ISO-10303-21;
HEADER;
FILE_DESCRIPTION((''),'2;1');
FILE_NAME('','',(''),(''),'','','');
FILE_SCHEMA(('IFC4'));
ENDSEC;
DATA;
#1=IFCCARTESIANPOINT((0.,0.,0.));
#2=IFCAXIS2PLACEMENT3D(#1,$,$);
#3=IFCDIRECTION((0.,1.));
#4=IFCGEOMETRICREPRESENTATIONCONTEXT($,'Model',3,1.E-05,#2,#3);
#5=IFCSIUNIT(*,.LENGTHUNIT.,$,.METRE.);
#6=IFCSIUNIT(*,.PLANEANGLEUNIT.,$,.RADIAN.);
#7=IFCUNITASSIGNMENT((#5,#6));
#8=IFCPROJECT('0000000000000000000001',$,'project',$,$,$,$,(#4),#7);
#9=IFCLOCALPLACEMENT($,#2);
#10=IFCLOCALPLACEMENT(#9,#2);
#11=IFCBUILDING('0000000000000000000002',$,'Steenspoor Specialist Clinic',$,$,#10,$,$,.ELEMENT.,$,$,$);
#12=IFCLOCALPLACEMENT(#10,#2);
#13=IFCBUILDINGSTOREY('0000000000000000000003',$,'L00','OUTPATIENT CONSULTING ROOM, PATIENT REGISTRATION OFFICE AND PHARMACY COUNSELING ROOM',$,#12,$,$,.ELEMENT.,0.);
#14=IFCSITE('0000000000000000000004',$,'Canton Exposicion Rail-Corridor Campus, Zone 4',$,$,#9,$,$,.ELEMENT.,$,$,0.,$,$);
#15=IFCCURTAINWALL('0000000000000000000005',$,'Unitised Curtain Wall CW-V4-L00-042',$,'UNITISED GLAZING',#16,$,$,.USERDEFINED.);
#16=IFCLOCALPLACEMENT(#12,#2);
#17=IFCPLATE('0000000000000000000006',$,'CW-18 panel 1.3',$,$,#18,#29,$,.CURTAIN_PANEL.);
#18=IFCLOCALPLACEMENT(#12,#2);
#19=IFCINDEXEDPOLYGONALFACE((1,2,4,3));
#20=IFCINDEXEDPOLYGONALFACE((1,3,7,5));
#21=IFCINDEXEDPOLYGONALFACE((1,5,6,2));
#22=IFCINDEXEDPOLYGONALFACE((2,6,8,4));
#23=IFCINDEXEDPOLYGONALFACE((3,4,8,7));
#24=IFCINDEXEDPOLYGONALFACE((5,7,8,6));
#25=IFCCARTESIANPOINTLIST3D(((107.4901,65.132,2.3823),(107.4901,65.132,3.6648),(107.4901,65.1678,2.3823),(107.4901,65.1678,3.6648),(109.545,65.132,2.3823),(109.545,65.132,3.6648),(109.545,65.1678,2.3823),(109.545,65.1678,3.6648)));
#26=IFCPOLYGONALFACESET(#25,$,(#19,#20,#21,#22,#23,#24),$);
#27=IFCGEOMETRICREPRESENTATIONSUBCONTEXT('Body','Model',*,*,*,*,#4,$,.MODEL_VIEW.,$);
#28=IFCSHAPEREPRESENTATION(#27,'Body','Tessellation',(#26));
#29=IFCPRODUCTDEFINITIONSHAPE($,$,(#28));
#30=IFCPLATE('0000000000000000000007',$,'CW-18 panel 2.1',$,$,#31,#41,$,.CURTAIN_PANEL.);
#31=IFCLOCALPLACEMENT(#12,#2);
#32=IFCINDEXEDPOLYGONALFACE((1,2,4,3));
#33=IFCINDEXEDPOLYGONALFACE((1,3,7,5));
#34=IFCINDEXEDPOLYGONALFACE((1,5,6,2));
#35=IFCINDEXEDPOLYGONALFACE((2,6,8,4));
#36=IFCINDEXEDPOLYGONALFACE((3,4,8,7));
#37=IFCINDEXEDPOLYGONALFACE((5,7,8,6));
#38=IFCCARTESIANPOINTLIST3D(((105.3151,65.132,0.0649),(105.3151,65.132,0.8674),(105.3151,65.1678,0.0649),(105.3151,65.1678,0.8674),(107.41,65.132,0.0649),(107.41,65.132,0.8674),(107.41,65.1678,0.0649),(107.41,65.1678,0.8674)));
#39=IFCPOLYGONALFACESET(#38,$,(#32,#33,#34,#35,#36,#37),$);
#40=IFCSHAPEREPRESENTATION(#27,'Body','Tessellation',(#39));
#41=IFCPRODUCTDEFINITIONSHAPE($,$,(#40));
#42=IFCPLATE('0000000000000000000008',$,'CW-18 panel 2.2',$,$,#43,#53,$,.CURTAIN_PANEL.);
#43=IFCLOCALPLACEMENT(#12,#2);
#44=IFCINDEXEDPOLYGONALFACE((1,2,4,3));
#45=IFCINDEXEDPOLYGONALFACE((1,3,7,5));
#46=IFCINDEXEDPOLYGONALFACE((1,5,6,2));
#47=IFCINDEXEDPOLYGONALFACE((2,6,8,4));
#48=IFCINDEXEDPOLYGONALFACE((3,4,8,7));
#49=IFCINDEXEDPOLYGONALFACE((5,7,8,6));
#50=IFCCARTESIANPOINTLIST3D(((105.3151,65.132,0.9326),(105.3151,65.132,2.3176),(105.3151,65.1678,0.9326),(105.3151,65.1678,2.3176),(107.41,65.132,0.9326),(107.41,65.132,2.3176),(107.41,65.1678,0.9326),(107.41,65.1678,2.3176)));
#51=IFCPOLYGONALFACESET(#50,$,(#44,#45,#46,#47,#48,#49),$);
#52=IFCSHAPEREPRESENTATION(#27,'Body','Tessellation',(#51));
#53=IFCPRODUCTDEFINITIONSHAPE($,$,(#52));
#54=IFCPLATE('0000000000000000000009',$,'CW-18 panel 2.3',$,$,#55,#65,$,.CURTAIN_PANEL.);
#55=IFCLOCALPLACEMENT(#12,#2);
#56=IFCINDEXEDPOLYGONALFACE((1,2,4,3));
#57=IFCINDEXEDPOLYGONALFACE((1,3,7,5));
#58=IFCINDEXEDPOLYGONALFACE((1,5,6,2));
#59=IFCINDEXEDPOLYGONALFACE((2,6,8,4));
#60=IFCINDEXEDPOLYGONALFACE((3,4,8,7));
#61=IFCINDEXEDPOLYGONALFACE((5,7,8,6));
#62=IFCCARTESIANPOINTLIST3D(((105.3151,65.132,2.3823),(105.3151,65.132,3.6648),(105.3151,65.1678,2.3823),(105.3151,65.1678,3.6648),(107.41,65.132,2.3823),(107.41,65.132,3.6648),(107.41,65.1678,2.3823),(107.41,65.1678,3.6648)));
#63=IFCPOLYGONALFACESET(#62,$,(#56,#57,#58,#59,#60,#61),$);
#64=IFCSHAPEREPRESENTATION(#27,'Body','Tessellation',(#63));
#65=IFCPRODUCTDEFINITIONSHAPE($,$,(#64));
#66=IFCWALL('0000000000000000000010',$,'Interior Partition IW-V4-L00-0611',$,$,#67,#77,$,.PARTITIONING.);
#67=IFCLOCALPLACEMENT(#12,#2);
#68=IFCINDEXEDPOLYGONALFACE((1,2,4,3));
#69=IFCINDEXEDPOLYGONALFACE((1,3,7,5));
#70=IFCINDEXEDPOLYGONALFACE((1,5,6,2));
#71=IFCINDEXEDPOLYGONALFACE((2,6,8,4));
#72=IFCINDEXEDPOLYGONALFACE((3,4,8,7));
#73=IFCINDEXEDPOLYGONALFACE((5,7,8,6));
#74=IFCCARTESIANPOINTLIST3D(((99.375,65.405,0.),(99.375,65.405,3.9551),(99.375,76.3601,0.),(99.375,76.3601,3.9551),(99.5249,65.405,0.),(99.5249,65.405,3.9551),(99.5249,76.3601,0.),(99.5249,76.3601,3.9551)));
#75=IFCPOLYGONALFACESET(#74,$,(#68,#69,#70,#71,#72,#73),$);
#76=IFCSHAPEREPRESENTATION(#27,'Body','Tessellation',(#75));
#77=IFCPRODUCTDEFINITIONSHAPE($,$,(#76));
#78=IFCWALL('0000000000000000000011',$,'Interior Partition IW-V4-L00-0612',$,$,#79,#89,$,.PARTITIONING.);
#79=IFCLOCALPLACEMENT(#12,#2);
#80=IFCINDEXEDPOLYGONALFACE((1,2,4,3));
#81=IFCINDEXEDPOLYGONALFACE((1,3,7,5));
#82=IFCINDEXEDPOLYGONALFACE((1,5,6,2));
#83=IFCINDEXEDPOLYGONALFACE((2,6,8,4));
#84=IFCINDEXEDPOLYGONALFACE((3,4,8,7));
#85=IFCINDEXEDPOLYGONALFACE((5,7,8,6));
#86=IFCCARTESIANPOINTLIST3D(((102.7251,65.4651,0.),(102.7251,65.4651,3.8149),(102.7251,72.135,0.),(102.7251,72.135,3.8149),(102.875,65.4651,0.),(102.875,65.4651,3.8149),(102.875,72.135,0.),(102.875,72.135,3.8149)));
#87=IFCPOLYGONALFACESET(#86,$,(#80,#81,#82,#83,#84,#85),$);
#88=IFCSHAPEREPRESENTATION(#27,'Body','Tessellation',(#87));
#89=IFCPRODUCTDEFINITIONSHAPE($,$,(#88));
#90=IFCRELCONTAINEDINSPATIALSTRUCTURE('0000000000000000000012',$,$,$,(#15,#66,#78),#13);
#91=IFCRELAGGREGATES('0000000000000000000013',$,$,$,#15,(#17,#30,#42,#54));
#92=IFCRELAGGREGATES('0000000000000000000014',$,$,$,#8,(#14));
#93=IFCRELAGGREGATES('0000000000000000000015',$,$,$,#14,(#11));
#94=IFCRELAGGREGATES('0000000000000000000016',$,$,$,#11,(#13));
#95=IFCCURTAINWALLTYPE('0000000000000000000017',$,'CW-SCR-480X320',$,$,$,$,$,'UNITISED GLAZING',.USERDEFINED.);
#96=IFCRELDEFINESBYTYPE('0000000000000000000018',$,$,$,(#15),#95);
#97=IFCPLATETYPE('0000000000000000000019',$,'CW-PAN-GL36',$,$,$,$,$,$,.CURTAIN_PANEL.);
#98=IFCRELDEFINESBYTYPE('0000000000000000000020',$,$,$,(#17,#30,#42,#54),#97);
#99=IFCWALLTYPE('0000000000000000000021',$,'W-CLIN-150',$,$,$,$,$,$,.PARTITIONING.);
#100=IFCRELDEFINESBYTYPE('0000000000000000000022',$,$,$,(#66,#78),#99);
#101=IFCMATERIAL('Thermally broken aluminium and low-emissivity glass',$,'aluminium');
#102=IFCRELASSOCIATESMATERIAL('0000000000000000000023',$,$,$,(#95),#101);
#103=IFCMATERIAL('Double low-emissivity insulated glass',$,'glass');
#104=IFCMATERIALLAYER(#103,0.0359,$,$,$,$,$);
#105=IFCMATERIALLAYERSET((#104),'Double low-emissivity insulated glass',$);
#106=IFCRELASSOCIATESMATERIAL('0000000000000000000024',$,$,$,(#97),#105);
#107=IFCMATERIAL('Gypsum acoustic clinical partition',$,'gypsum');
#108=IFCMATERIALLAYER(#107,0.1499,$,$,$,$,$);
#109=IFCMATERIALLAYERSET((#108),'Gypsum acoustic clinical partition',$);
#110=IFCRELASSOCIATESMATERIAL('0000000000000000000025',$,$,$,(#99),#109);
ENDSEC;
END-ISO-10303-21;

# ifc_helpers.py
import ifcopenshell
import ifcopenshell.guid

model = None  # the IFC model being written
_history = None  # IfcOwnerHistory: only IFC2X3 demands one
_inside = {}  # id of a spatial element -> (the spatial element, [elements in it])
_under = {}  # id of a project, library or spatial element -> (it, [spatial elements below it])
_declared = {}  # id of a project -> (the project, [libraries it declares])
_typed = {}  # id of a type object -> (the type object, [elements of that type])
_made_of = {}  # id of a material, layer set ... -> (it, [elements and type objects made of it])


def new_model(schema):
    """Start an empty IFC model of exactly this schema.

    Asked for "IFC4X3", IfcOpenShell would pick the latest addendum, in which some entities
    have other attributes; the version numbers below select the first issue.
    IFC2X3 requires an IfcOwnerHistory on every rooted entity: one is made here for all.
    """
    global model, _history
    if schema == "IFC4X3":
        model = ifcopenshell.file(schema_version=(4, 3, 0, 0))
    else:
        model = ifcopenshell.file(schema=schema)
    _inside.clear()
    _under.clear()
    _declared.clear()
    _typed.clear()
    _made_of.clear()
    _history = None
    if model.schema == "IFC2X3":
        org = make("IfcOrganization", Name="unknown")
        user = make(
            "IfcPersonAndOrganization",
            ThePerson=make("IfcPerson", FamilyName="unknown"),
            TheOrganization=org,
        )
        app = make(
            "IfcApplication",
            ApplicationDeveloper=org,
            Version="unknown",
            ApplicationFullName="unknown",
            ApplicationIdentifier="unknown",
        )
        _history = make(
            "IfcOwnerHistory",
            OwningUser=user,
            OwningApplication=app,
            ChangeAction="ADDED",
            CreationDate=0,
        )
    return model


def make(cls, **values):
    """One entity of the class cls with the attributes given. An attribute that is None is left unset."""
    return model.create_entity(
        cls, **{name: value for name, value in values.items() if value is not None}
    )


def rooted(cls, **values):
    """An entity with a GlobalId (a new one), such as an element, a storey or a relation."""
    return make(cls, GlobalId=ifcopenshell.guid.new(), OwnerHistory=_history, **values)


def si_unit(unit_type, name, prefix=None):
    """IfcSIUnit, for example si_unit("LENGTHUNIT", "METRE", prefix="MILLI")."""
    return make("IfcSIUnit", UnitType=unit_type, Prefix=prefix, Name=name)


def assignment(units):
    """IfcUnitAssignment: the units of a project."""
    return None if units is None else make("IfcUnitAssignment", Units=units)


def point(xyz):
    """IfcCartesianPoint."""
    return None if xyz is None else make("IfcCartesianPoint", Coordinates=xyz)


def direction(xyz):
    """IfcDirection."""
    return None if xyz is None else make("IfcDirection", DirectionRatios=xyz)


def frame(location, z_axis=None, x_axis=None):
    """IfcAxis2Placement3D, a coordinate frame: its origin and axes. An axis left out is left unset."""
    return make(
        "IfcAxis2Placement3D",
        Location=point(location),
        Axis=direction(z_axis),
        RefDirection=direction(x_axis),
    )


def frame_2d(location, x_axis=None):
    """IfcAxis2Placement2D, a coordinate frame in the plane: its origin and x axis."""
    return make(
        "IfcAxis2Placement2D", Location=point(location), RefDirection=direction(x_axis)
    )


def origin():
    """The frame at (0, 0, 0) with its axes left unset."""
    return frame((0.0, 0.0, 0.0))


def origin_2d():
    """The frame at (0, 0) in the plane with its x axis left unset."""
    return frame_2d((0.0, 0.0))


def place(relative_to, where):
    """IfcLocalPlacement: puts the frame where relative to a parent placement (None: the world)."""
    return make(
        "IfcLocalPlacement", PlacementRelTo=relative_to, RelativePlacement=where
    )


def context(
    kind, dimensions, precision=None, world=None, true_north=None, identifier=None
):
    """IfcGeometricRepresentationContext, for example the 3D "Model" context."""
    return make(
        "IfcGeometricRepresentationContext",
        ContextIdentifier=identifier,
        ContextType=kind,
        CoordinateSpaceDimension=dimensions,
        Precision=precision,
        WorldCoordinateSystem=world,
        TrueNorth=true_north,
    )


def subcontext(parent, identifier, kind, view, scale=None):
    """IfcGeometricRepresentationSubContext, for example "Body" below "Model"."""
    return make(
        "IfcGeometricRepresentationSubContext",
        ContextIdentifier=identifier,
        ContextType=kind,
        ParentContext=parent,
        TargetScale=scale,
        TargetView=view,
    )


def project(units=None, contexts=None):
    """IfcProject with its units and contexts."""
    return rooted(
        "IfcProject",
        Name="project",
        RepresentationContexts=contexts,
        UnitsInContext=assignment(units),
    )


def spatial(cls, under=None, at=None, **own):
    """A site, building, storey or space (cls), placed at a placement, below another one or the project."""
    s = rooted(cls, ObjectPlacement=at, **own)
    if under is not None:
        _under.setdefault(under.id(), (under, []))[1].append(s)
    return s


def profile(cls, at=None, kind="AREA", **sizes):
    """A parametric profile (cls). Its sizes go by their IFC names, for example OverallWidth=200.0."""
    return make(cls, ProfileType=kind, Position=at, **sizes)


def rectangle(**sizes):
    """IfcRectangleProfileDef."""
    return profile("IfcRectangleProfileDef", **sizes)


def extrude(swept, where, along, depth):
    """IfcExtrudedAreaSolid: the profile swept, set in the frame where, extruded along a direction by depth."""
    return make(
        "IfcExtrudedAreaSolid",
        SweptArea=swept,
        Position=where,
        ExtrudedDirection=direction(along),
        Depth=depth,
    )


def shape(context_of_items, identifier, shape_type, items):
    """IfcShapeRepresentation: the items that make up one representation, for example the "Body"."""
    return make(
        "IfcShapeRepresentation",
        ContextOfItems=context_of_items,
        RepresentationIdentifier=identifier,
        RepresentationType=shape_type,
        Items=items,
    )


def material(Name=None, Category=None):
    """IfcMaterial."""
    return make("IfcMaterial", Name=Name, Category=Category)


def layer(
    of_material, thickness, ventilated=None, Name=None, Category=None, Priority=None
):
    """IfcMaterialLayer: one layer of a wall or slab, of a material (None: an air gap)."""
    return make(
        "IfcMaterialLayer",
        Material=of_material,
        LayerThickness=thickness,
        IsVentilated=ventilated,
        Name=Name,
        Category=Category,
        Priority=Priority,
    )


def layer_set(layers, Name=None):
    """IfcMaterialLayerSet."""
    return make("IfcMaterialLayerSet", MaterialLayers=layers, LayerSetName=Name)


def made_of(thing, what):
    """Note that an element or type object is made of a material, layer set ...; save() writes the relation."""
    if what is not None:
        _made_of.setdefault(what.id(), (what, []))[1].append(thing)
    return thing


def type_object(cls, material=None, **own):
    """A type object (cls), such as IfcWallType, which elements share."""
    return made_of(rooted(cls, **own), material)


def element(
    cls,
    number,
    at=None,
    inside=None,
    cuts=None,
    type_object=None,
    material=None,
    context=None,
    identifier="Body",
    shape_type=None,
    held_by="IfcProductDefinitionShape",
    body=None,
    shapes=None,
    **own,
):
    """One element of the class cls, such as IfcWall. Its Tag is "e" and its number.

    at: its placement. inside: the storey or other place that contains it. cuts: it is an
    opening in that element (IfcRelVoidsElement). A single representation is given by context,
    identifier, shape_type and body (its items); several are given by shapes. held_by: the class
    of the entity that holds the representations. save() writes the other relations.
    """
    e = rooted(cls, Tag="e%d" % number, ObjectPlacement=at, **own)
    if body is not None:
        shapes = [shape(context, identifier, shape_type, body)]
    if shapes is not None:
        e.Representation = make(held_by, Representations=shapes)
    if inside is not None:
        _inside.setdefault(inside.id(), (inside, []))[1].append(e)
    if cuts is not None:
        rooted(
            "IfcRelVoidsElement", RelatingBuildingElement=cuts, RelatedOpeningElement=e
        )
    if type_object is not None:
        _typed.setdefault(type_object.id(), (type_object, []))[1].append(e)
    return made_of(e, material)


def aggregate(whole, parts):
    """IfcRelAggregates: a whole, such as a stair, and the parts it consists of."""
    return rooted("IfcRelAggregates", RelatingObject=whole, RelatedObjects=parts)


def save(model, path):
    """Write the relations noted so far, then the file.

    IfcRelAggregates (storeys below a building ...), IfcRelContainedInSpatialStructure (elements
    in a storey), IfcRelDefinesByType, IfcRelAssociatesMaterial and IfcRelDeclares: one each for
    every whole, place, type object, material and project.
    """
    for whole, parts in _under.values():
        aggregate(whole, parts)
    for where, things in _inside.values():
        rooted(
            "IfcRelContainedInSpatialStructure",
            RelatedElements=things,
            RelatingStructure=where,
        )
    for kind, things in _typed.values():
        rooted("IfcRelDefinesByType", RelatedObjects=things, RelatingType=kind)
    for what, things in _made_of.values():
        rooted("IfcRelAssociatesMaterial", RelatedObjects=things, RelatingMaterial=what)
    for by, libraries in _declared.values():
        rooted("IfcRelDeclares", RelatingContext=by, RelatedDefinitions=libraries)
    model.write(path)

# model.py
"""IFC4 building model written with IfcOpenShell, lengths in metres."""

from ifc_helpers import new_model, si_unit, direction, frame, frame_2d, origin, origin_2d, place, context, subcontext, project, spatial, rectangle, extrude, material, layer, layer_set, type_object, element, aggregate, save


model = new_model("IFC4")

# Units and contexts
model_context = context("Model", 3, precision=1e-05, world=origin(), true_north=direction((0.0, 1.0)))
body_context = subcontext(model_context, "Body", "Model", "MODEL_VIEW")
ifc_project = project(units=[si_unit("LENGTHUNIT", "METRE"), si_unit("PLANEANGLEUNIT", "RADIAN")], contexts=[model_context])

# Site, building, storey
site_placement = place(None, origin())
site = spatial("IfcSite", under=ifc_project, at=site_placement, Name="Canton Exposicion Rail-Corridor Campus, Zone 4", CompositionType="ELEMENT", RefElevation=0.0)
building_placement = place(site_placement, origin())
building = spatial("IfcBuilding", under=site, at=building_placement, Name="Steenspoor Specialist Clinic", CompositionType="ELEMENT")
storey_placement = place(building_placement, origin())
storey = spatial("IfcBuildingStorey", under=building, at=storey_placement, Name="L00", Description="OUTPATIENT CONSULTING ROOM, PATIENT REGISTRATION OFFICE AND PHARMACY COUNSELING ROOM", CompositionType="ELEMENT", Elevation=0.0)

# Curtain wall
ifc_material_1 = material(Name="Thermally broken aluminium and low-emissivity glass", Category="aluminium")
curtain_wall_type = type_object("IfcCurtainWallType", Name="CW-SCR-480X320", ElementType="UNITISED GLAZING", PredefinedType="USERDEFINED", material=ifc_material_1)
curtain_wall_placement = place(storey_placement, origin())
curtain_wall = element("IfcCurtainWall", 1, at=curtain_wall_placement, inside=storey, type_object=curtain_wall_type, Name="Unitised Curtain Wall CW-V4-L00-042", ObjectType="UNITISED GLAZING", PredefinedType="USERDEFINED")

# Plates
ifc_material_2 = material(Name="Double low-emissivity insulated glass", Category="glass")
ifc_layer_1 = layer(ifc_material_2, 0.0359)
ifc_layer_set_1 = layer_set([ifc_layer_1], Name="Double low-emissivity insulated glass")
plate_type = type_object("IfcPlateType", Name="CW-PAN-GL36", PredefinedType="CURTAIN_PANEL", material=ifc_layer_set_1)
plate_1_placement = place(storey_placement, frame((108.5176, 65.1499, 2.3823), z_axis=(0.0, 0.0, 1.0), x_axis=(-1.0, 0.0, 0.0)))
plate_1 = element("IfcPlate", 2, at=plate_1_placement, type_object=plate_type, Name="CW-18 panel 1.3", PredefinedType="CURTAIN_PANEL", context=body_context, shape_type="SweptSolid", body=[
    extrude(rectangle(XDim=2.0549, YDim=0.0359, at=origin_2d()), origin(), (0.0, 0.0, 1.0), 1.2825),
])
plate_2_placement = place(storey_placement, frame((106.3625, 65.1499, 0.0649), z_axis=(0.0, 0.0, 1.0), x_axis=(-1.0, 0.0, 0.0)))
plate_2 = element("IfcPlate", 3, at=plate_2_placement, type_object=plate_type, Name="CW-18 panel 2.1", PredefinedType="CURTAIN_PANEL", context=body_context, shape_type="SweptSolid", body=[
    extrude(rectangle(XDim=2.095, YDim=0.0359, at=origin_2d()), origin(), (0.0, 0.0, 1.0), 0.8025),
])
plate_3_placement = place(storey_placement, frame((106.3625, 65.1499, 0.9326), z_axis=(0.0, 0.0, 1.0), x_axis=(-1.0, 0.0, 0.0)))
plate_3 = element("IfcPlate", 4, at=plate_3_placement, type_object=plate_type, Name="CW-18 panel 2.2", PredefinedType="CURTAIN_PANEL", context=body_context, shape_type="SweptSolid", body=[
    extrude(rectangle(XDim=2.095, YDim=0.0359, at=origin_2d()), origin(), (0.0, 0.0, 1.0), 1.385),
])
plate_4_placement = place(storey_placement, frame((106.3625, 65.1499, 2.3823), z_axis=(0.0, 0.0, 1.0), x_axis=(-1.0, 0.0, 0.0)))
plate_4 = element("IfcPlate", 5, at=plate_4_placement, type_object=plate_type, Name="CW-18 panel 2.3", PredefinedType="CURTAIN_PANEL", context=body_context, shape_type="SweptSolid", body=[
    extrude(rectangle(XDim=2.095, YDim=0.0359, at=origin_2d()), origin(), (0.0, 0.0, 1.0), 1.2825),
])
aggregate(curtain_wall, [plate_1, plate_2, plate_3, plate_4])

# Walls
ifc_material_3 = material(Name="Gypsum acoustic clinical partition", Category="gypsum")
ifc_layer_2 = layer(ifc_material_3, 0.1499)
ifc_layer_set_2 = layer_set([ifc_layer_2], Name="Gypsum acoustic clinical partition")
wall_type = type_object("IfcWallType", Name="W-CLIN-150", PredefinedType="PARTITIONING", material=ifc_layer_set_2)
wall_1_placement = place(storey_placement, frame((99.45, 65.405, 0.0), z_axis=(0.0, 0.0, 1.0), x_axis=(0.0, 1.0, 0.0)))
element("IfcWall", 6, at=wall_1_placement, inside=storey, type_object=wall_type, Name="Interior Partition IW-V4-L00-0611", PredefinedType="PARTITIONING", context=body_context, shape_type="SweptSolid", body=[
    extrude(rectangle(XDim=10.9551, YDim=0.1499, at=frame_2d((5.4775, 0.0))), origin(), (0.0, 0.0, 1.0), 3.9551),
])
wall_2_placement = place(storey_placement, frame((102.8, 65.4651, 0.0), z_axis=(0.0, 0.0, 1.0), x_axis=(0.0, 1.0, 0.0)))
element("IfcWall", 7, at=wall_2_placement, inside=storey, type_object=wall_type, Name="Interior Partition IW-V4-L00-0612", PredefinedType="PARTITIONING", context=body_context, shape_type="SweptSolid", body=[
    extrude(rectangle(XDim=6.6699, YDim=0.1499, at=frame_2d((3.335, 0.0))), origin(), (0.0, 0.0, 1.0), 3.8149),
])

save(model, "model.ifc")
